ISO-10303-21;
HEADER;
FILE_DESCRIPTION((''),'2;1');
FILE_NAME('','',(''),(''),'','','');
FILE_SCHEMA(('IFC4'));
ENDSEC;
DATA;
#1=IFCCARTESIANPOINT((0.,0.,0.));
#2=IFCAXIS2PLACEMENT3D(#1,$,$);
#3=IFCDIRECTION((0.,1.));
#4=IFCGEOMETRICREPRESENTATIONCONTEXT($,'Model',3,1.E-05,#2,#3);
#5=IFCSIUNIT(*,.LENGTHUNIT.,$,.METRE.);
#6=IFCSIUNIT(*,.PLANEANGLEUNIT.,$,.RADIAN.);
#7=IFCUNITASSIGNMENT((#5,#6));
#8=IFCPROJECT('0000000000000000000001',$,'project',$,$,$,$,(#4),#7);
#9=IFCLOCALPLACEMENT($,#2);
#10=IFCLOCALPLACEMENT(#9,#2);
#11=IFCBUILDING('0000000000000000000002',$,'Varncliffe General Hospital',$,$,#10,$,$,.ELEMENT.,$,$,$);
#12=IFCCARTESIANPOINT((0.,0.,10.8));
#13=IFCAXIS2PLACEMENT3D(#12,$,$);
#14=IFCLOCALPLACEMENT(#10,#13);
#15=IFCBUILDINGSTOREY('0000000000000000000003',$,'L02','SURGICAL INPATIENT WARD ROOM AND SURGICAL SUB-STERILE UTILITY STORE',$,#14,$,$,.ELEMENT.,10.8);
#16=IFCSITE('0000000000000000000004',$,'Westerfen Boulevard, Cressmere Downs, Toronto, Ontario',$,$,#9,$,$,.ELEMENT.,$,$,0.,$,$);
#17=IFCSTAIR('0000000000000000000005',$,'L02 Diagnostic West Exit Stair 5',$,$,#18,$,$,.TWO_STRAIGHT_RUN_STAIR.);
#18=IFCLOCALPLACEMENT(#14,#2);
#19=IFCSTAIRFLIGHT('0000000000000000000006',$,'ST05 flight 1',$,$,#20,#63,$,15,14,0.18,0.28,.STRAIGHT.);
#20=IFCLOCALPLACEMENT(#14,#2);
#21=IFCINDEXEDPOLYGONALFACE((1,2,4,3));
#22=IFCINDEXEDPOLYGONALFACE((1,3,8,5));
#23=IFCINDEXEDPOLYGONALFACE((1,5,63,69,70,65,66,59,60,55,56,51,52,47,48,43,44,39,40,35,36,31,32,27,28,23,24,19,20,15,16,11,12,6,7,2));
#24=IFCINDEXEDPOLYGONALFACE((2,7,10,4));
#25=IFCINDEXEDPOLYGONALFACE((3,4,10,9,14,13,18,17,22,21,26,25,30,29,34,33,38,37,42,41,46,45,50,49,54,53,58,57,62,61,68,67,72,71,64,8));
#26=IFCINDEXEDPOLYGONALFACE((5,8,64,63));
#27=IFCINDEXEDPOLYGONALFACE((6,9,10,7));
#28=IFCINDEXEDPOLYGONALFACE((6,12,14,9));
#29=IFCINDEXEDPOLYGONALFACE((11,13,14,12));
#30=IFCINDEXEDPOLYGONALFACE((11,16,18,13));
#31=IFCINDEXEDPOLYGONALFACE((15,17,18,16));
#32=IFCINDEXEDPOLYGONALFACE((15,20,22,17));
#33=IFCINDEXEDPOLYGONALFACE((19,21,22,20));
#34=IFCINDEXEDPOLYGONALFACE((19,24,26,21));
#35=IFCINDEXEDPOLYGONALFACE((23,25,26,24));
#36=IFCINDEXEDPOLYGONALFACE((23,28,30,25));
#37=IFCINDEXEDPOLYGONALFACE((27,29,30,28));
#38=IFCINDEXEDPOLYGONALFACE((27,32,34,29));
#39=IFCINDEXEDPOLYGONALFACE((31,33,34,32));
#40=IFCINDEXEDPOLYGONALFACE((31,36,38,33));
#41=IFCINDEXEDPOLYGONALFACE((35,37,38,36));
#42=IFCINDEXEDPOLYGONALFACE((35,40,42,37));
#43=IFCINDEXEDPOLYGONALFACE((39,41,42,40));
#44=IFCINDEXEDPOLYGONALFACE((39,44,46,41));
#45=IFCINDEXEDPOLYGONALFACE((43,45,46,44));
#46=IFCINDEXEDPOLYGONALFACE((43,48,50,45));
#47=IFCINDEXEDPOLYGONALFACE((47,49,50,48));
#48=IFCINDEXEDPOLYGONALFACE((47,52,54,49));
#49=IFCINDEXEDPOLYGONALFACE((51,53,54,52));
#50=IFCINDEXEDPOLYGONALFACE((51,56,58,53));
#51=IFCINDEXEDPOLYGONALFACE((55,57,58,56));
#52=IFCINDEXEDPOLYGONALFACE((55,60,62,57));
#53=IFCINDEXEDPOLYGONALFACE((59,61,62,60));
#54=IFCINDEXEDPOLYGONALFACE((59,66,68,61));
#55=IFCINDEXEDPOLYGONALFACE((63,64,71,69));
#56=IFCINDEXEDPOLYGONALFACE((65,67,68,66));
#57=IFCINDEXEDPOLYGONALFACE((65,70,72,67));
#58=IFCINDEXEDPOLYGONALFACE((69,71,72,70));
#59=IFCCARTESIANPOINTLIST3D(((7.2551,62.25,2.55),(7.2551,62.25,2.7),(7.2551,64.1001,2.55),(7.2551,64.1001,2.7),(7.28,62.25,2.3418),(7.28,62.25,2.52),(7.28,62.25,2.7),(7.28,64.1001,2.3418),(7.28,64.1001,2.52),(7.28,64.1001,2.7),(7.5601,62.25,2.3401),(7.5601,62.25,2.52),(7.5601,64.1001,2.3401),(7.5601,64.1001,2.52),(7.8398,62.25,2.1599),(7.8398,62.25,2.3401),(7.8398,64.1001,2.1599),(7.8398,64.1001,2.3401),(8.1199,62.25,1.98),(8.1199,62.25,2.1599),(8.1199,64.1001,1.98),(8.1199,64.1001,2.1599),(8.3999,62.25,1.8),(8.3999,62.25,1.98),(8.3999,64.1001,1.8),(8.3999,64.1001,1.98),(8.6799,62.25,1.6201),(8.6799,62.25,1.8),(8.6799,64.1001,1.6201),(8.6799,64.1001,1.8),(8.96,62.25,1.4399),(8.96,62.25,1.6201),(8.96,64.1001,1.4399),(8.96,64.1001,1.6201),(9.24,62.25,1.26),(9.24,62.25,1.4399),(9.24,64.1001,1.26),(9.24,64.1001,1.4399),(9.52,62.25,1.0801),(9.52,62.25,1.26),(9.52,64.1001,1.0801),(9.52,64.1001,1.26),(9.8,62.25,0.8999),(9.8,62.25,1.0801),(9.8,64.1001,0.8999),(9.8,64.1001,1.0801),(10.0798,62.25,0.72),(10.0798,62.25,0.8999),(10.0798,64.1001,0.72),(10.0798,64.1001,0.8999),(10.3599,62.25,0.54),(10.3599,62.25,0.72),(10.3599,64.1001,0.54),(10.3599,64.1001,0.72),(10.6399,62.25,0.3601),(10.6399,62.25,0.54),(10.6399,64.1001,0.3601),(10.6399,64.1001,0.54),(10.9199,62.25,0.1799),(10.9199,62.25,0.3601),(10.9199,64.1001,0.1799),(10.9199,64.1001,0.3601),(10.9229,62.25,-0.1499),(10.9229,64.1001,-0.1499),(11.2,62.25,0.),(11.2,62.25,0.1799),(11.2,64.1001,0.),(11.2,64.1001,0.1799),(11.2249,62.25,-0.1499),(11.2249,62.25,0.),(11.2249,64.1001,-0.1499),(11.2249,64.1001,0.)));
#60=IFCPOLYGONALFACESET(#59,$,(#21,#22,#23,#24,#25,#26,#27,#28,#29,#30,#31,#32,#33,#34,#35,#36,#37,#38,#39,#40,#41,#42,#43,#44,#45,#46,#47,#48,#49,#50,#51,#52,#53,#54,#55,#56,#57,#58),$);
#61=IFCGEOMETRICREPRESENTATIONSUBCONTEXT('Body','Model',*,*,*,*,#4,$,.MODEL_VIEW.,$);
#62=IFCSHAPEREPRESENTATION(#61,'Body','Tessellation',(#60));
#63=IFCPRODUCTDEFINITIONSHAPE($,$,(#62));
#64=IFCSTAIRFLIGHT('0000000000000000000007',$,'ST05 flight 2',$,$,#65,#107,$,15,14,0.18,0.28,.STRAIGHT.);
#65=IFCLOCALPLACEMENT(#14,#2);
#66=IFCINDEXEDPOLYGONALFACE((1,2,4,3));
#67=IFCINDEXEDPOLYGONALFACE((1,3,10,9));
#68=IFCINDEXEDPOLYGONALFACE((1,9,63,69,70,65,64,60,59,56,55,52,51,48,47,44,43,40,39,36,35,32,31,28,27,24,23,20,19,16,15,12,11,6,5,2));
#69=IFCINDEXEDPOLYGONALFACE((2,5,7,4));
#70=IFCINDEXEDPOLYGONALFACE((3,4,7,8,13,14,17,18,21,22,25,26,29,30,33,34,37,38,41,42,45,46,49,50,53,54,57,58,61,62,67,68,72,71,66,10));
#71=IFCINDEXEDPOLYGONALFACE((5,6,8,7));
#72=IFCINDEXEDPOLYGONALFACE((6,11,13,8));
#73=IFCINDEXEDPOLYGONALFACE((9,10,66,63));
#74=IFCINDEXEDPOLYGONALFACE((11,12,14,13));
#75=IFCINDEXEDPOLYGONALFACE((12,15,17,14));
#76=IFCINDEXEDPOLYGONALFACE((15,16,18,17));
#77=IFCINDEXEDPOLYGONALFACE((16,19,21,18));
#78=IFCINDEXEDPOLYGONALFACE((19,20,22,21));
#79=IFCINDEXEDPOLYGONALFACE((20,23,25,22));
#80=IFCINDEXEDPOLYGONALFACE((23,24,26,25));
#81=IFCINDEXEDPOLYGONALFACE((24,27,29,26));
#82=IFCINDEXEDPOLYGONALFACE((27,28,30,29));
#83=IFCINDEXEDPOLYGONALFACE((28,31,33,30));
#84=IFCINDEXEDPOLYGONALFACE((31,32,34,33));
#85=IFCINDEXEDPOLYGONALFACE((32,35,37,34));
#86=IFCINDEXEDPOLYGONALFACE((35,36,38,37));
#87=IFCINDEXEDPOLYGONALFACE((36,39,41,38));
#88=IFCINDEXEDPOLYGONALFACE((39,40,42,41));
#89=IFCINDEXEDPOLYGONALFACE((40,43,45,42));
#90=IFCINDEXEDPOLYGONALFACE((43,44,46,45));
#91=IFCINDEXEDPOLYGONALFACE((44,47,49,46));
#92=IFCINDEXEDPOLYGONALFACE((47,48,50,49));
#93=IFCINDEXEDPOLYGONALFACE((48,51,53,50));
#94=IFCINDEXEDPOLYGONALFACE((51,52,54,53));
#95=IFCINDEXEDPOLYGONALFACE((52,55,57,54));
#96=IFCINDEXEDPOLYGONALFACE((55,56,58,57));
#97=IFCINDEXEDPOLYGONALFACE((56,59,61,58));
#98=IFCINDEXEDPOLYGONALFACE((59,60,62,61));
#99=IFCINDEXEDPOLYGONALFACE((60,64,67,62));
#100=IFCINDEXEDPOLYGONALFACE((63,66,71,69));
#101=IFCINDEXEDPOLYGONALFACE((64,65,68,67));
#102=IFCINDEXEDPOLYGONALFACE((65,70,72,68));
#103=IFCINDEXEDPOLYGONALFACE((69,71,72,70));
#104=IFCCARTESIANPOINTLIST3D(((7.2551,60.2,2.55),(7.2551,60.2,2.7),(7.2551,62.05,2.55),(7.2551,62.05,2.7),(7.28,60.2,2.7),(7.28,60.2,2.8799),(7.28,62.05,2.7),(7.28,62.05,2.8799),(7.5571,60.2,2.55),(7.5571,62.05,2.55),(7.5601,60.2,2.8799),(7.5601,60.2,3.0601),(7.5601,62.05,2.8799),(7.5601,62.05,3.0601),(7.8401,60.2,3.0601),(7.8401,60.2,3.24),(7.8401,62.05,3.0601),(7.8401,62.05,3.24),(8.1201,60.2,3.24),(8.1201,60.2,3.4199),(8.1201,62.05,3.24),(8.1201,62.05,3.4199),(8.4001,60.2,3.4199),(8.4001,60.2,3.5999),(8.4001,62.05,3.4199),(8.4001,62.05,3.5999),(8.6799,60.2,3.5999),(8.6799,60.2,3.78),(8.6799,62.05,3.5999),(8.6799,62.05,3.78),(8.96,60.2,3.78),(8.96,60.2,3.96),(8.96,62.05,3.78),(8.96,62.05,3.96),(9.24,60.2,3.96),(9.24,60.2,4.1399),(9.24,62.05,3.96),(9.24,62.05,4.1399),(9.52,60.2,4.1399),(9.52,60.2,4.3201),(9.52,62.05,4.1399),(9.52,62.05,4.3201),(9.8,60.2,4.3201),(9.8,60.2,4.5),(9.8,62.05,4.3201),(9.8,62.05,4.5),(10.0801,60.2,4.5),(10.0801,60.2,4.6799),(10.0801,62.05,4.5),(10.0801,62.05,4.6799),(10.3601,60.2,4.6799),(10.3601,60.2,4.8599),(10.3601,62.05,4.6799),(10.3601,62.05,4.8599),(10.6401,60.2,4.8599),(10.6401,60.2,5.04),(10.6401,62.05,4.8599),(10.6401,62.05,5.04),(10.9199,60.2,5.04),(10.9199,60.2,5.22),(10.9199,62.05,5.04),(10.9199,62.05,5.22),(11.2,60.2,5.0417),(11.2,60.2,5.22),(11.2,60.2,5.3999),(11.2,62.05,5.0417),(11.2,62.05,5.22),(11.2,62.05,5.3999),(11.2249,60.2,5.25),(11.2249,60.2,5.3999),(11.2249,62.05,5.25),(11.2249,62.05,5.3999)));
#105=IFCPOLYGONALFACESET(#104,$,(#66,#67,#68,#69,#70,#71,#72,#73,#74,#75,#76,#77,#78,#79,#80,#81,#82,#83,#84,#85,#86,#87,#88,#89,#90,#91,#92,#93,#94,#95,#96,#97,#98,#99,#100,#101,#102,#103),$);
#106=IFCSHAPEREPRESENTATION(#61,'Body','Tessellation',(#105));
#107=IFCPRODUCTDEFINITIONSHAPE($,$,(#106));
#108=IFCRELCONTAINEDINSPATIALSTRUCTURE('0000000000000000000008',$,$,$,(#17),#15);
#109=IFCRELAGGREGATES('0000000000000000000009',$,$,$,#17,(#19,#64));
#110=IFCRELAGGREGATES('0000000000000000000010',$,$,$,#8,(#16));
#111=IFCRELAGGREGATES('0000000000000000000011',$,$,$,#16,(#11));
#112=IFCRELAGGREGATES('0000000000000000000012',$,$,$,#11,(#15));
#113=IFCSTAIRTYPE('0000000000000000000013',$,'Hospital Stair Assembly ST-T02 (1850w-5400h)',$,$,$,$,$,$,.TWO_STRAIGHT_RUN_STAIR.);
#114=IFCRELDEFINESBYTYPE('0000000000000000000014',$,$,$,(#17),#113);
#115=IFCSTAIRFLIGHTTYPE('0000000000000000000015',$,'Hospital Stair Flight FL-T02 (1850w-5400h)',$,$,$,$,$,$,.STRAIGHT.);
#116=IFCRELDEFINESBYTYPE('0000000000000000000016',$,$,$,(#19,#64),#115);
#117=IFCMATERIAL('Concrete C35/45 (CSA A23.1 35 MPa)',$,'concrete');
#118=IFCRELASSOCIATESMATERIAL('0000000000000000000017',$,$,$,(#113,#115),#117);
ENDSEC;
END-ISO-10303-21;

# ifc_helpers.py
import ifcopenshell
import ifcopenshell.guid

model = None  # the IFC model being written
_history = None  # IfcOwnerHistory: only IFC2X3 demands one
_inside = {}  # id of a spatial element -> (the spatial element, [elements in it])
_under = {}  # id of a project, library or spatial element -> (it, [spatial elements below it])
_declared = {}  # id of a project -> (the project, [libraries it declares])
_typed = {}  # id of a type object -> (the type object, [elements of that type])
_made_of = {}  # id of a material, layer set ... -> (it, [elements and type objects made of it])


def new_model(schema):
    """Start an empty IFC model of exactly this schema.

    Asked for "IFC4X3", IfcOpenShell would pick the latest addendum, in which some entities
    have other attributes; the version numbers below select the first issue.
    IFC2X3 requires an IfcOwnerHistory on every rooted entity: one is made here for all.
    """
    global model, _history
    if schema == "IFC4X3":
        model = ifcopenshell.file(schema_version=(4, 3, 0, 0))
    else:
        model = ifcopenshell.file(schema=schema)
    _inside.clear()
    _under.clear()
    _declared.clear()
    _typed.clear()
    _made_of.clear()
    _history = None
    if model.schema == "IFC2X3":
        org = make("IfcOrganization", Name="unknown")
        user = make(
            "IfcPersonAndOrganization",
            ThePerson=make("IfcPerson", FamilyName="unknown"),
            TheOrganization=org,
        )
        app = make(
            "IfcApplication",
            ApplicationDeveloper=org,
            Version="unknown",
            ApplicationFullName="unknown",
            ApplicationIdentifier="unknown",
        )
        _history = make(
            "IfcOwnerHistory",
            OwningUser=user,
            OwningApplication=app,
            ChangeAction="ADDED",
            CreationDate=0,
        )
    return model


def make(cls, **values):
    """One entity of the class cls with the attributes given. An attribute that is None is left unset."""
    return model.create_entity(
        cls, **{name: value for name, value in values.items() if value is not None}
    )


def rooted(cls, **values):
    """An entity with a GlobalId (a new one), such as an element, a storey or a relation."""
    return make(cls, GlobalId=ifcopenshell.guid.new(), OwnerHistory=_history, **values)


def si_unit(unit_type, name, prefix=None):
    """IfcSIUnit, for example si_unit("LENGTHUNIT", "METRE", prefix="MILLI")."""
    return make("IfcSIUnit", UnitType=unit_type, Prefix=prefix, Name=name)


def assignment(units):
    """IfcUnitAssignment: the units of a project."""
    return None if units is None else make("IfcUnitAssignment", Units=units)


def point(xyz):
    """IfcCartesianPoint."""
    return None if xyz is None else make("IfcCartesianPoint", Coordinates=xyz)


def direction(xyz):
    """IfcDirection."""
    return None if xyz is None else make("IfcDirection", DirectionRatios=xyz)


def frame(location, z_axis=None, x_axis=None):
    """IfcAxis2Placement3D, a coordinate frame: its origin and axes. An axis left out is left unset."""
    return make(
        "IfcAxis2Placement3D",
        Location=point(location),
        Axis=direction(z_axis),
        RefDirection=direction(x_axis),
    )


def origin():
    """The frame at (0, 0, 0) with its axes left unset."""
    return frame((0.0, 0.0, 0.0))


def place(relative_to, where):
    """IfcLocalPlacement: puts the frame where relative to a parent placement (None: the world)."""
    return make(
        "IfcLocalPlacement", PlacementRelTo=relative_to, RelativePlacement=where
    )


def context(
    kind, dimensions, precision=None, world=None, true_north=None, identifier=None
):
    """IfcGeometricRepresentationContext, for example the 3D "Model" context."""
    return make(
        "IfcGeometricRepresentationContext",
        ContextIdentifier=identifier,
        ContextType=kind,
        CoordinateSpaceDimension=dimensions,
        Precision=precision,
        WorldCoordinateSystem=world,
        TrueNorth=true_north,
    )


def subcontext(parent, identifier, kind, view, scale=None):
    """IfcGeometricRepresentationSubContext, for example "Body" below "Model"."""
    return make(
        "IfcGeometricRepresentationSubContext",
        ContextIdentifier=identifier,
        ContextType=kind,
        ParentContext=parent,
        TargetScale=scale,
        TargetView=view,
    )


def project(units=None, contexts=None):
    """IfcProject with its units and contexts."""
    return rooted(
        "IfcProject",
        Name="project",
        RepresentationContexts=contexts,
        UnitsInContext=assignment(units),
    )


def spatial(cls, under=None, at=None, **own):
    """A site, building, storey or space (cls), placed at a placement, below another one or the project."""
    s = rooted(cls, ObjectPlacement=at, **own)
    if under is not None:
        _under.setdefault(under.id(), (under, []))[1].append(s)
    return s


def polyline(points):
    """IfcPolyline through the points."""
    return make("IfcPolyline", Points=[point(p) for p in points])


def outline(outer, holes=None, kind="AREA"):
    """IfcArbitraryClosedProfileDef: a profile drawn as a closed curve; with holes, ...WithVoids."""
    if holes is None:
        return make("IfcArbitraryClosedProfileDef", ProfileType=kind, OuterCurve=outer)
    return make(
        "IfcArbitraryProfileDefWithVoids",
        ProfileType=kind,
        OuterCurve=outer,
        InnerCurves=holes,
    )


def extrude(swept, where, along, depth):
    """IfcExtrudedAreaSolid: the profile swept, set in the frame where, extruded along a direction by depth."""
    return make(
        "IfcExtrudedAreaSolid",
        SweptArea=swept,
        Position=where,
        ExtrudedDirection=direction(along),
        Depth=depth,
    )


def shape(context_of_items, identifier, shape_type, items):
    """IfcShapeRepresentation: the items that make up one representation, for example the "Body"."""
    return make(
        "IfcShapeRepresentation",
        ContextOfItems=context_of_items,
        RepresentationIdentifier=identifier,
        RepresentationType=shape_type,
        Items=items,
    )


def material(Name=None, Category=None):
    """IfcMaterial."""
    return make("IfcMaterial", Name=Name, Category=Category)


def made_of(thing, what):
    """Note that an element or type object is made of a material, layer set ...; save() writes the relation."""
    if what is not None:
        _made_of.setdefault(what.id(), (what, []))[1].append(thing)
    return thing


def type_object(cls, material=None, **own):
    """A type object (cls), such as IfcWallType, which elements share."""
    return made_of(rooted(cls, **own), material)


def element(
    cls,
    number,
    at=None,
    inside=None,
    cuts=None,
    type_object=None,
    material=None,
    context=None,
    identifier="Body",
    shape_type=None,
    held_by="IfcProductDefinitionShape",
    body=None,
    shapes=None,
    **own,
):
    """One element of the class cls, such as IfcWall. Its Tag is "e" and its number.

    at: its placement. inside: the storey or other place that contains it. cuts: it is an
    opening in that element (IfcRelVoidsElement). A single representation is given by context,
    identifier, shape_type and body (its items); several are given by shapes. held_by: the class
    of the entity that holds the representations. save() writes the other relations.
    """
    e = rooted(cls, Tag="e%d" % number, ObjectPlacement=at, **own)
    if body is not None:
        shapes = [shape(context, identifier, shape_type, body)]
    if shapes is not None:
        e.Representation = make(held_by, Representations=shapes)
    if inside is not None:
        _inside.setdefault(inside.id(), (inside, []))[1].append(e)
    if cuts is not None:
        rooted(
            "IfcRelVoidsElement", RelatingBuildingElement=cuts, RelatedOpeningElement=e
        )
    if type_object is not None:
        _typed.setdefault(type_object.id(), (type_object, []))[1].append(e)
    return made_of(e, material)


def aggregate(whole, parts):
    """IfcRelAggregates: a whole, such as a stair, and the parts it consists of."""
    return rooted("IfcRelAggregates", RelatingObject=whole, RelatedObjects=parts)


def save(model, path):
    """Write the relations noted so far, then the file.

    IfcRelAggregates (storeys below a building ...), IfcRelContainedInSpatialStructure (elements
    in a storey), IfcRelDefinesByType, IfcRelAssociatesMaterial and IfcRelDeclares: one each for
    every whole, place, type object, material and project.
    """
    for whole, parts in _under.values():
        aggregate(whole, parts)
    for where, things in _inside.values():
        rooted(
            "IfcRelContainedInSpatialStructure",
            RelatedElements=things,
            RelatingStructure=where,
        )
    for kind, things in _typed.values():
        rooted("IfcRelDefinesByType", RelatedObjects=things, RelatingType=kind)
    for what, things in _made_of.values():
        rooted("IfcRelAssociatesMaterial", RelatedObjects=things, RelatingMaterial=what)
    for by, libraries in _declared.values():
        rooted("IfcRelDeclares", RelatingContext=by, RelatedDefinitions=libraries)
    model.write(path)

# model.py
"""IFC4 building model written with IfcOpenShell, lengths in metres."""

from ifc_helpers import new_model, si_unit, direction, frame, origin, place, context, subcontext, project, spatial, polyline, outline, extrude, material, type_object, element, aggregate, save


model = new_model("IFC4")

# Units and contexts
model_context = context("Model", 3, precision=1e-05, world=origin(), true_north=direction((0.0, 1.0)))
body_context = subcontext(model_context, "Body", "Model", "MODEL_VIEW")
ifc_project = project(units=[si_unit("LENGTHUNIT", "METRE"), si_unit("PLANEANGLEUNIT", "RADIAN")], contexts=[model_context])

# Site, building, storey
site_placement = place(None, origin())
site = spatial("IfcSite", under=ifc_project, at=site_placement, Name="Westerfen Boulevard, Cressmere Downs, Toronto, Ontario", CompositionType="ELEMENT", RefElevation=0.0)
building_placement = place(site_placement, origin())
building = spatial("IfcBuilding", under=site, at=building_placement, Name="Varncliffe General Hospital", CompositionType="ELEMENT")
storey_placement = place(building_placement, frame((0.0, 0.0, 10.8)))
storey = spatial("IfcBuildingStorey", under=building, at=storey_placement, Name="L02", Description="SURGICAL INPATIENT WARD ROOM AND SURGICAL SUB-STERILE UTILITY STORE", CompositionType="ELEMENT", Elevation=10.8)

# Shared definitions
ifc_material_1 = material(Name="Concrete C35/45 (CSA A23.1 35 MPa)", Category="concrete")

# Stair, stair flights
stair_type = type_object("IfcStairType", Name="Hospital Stair Assembly ST-T02 (1850w-5400h)", PredefinedType="TWO_STRAIGHT_RUN_STAIR", material=ifc_material_1)
stair_placement = place(storey_placement, origin())
stair = element("IfcStair", 1, at=stair_placement, inside=storey, type_object=stair_type, Name="L02 Diagnostic West Exit Stair 5", PredefinedType="TWO_STRAIGHT_RUN_STAIR")
stair_flight_type = type_object("IfcStairFlightType", Name="Hospital Stair Flight FL-T02 (1850w-5400h)", PredefinedType="STRAIGHT", material=ifc_material_1)
stair_flight_1_placement = place(storey_placement, frame((11.2, 63.175, 0.0), z_axis=(0.0, 0.0, 1.0), x_axis=(-1.0, 0.0, 0.0)))
stair_flight_1 = element("IfcStairFlight", 2, at=stair_flight_1_placement, type_object=stair_flight_type, Name="ST05 flight 1", NumberOfRisers=15, NumberOfTreads=14, PredefinedType="STRAIGHT", RiserHeight=0.18, TreadLength=0.28, context=body_context, shape_type="SweptSolid", body=[
    extrude(outline(polyline([(-0.0249, -0.1499), (-0.0249, 0.0), (0.0, 0.0), (0.0, 0.1799), (0.28, 0.1799), (0.28, 0.3601), (0.5601, 0.3601), (0.5601, 0.54), (0.8401, 0.54), (0.8401, 0.72), (1.1201, 0.72), (1.1201, 0.8999), (1.3999, 0.8999), (1.3999, 1.0801), (1.6799, 1.0801), (1.6799, 1.26), (1.96, 1.26), (1.96, 1.4399), (2.24, 1.4399), (2.24, 1.6201), (2.52, 1.6201), (2.52, 1.8), (2.8, 1.8), (2.8, 1.98), (3.0801, 1.98), (3.0801, 2.1599), (3.3601, 2.1599), (3.3601, 2.3401), (3.6399, 2.3401), (3.6399, 2.52), (3.9199, 2.52), (3.9199, 2.7), (3.9448, 2.7), (3.9448, 2.55), (3.9199, 2.3418), (0.2771, -0.1499), (-0.0249, -0.1499)])), frame((0.0, 0.925, 0.0), z_axis=(0.0, -1.0, 0.0), x_axis=(1.0, 0.0, 0.0)), (0.0, 0.0, 1.0), 1.8501),
])
stair_flight_2_placement = place(storey_placement, frame((7.28, 61.125, 2.7), z_axis=(0.0, 0.0, 1.0), x_axis=(1.0, 0.0, 0.0)))
stair_flight_2 = element("IfcStairFlight", 3, at=stair_flight_2_placement, type_object=stair_flight_type, Name="ST05 flight 2", NumberOfRisers=15, NumberOfTreads=14, PredefinedType="STRAIGHT", RiserHeight=0.18, TreadLength=0.28, context=body_context, shape_type="SweptSolid", body=[
    extrude(outline(polyline([(-0.0249, -0.1499), (-0.0249, 0.0), (0.0, 0.0), (0.0, 0.1799), (0.28, 0.1799), (0.28, 0.3601), (0.5601, 0.3601), (0.5601, 0.54), (0.8401, 0.54), (0.8401, 0.72), (1.1201, 0.72), (1.1201, 0.8999), (1.3999, 0.8999), (1.3999, 1.0801), (1.6799, 1.0801), (1.6799, 1.26), (1.96, 1.26), (1.96, 1.4399), (2.24, 1.4399), (2.24, 1.6201), (2.52, 1.6201), (2.52, 1.8), (2.8, 1.8), (2.8, 1.98), (3.0801, 1.98), (3.0801, 2.1599), (3.3601, 2.1599), (3.3601, 2.3401), (3.6399, 2.3401), (3.6399, 2.52), (3.9199, 2.52), (3.9199, 2.7), (3.9448, 2.7), (3.9448, 2.55), (3.9199, 2.3418), (0.2771, -0.1499), (-0.0249, -0.1499)])), frame((0.0, 0.925, 0.0), z_axis=(0.0, -1.0, 0.0), x_axis=(1.0, 0.0, 0.0)), (0.0, 0.0, 1.0), 1.8501),
])
aggregate(stair, [stair_flight_1, stair_flight_2])

save(model, "model.ifc")
